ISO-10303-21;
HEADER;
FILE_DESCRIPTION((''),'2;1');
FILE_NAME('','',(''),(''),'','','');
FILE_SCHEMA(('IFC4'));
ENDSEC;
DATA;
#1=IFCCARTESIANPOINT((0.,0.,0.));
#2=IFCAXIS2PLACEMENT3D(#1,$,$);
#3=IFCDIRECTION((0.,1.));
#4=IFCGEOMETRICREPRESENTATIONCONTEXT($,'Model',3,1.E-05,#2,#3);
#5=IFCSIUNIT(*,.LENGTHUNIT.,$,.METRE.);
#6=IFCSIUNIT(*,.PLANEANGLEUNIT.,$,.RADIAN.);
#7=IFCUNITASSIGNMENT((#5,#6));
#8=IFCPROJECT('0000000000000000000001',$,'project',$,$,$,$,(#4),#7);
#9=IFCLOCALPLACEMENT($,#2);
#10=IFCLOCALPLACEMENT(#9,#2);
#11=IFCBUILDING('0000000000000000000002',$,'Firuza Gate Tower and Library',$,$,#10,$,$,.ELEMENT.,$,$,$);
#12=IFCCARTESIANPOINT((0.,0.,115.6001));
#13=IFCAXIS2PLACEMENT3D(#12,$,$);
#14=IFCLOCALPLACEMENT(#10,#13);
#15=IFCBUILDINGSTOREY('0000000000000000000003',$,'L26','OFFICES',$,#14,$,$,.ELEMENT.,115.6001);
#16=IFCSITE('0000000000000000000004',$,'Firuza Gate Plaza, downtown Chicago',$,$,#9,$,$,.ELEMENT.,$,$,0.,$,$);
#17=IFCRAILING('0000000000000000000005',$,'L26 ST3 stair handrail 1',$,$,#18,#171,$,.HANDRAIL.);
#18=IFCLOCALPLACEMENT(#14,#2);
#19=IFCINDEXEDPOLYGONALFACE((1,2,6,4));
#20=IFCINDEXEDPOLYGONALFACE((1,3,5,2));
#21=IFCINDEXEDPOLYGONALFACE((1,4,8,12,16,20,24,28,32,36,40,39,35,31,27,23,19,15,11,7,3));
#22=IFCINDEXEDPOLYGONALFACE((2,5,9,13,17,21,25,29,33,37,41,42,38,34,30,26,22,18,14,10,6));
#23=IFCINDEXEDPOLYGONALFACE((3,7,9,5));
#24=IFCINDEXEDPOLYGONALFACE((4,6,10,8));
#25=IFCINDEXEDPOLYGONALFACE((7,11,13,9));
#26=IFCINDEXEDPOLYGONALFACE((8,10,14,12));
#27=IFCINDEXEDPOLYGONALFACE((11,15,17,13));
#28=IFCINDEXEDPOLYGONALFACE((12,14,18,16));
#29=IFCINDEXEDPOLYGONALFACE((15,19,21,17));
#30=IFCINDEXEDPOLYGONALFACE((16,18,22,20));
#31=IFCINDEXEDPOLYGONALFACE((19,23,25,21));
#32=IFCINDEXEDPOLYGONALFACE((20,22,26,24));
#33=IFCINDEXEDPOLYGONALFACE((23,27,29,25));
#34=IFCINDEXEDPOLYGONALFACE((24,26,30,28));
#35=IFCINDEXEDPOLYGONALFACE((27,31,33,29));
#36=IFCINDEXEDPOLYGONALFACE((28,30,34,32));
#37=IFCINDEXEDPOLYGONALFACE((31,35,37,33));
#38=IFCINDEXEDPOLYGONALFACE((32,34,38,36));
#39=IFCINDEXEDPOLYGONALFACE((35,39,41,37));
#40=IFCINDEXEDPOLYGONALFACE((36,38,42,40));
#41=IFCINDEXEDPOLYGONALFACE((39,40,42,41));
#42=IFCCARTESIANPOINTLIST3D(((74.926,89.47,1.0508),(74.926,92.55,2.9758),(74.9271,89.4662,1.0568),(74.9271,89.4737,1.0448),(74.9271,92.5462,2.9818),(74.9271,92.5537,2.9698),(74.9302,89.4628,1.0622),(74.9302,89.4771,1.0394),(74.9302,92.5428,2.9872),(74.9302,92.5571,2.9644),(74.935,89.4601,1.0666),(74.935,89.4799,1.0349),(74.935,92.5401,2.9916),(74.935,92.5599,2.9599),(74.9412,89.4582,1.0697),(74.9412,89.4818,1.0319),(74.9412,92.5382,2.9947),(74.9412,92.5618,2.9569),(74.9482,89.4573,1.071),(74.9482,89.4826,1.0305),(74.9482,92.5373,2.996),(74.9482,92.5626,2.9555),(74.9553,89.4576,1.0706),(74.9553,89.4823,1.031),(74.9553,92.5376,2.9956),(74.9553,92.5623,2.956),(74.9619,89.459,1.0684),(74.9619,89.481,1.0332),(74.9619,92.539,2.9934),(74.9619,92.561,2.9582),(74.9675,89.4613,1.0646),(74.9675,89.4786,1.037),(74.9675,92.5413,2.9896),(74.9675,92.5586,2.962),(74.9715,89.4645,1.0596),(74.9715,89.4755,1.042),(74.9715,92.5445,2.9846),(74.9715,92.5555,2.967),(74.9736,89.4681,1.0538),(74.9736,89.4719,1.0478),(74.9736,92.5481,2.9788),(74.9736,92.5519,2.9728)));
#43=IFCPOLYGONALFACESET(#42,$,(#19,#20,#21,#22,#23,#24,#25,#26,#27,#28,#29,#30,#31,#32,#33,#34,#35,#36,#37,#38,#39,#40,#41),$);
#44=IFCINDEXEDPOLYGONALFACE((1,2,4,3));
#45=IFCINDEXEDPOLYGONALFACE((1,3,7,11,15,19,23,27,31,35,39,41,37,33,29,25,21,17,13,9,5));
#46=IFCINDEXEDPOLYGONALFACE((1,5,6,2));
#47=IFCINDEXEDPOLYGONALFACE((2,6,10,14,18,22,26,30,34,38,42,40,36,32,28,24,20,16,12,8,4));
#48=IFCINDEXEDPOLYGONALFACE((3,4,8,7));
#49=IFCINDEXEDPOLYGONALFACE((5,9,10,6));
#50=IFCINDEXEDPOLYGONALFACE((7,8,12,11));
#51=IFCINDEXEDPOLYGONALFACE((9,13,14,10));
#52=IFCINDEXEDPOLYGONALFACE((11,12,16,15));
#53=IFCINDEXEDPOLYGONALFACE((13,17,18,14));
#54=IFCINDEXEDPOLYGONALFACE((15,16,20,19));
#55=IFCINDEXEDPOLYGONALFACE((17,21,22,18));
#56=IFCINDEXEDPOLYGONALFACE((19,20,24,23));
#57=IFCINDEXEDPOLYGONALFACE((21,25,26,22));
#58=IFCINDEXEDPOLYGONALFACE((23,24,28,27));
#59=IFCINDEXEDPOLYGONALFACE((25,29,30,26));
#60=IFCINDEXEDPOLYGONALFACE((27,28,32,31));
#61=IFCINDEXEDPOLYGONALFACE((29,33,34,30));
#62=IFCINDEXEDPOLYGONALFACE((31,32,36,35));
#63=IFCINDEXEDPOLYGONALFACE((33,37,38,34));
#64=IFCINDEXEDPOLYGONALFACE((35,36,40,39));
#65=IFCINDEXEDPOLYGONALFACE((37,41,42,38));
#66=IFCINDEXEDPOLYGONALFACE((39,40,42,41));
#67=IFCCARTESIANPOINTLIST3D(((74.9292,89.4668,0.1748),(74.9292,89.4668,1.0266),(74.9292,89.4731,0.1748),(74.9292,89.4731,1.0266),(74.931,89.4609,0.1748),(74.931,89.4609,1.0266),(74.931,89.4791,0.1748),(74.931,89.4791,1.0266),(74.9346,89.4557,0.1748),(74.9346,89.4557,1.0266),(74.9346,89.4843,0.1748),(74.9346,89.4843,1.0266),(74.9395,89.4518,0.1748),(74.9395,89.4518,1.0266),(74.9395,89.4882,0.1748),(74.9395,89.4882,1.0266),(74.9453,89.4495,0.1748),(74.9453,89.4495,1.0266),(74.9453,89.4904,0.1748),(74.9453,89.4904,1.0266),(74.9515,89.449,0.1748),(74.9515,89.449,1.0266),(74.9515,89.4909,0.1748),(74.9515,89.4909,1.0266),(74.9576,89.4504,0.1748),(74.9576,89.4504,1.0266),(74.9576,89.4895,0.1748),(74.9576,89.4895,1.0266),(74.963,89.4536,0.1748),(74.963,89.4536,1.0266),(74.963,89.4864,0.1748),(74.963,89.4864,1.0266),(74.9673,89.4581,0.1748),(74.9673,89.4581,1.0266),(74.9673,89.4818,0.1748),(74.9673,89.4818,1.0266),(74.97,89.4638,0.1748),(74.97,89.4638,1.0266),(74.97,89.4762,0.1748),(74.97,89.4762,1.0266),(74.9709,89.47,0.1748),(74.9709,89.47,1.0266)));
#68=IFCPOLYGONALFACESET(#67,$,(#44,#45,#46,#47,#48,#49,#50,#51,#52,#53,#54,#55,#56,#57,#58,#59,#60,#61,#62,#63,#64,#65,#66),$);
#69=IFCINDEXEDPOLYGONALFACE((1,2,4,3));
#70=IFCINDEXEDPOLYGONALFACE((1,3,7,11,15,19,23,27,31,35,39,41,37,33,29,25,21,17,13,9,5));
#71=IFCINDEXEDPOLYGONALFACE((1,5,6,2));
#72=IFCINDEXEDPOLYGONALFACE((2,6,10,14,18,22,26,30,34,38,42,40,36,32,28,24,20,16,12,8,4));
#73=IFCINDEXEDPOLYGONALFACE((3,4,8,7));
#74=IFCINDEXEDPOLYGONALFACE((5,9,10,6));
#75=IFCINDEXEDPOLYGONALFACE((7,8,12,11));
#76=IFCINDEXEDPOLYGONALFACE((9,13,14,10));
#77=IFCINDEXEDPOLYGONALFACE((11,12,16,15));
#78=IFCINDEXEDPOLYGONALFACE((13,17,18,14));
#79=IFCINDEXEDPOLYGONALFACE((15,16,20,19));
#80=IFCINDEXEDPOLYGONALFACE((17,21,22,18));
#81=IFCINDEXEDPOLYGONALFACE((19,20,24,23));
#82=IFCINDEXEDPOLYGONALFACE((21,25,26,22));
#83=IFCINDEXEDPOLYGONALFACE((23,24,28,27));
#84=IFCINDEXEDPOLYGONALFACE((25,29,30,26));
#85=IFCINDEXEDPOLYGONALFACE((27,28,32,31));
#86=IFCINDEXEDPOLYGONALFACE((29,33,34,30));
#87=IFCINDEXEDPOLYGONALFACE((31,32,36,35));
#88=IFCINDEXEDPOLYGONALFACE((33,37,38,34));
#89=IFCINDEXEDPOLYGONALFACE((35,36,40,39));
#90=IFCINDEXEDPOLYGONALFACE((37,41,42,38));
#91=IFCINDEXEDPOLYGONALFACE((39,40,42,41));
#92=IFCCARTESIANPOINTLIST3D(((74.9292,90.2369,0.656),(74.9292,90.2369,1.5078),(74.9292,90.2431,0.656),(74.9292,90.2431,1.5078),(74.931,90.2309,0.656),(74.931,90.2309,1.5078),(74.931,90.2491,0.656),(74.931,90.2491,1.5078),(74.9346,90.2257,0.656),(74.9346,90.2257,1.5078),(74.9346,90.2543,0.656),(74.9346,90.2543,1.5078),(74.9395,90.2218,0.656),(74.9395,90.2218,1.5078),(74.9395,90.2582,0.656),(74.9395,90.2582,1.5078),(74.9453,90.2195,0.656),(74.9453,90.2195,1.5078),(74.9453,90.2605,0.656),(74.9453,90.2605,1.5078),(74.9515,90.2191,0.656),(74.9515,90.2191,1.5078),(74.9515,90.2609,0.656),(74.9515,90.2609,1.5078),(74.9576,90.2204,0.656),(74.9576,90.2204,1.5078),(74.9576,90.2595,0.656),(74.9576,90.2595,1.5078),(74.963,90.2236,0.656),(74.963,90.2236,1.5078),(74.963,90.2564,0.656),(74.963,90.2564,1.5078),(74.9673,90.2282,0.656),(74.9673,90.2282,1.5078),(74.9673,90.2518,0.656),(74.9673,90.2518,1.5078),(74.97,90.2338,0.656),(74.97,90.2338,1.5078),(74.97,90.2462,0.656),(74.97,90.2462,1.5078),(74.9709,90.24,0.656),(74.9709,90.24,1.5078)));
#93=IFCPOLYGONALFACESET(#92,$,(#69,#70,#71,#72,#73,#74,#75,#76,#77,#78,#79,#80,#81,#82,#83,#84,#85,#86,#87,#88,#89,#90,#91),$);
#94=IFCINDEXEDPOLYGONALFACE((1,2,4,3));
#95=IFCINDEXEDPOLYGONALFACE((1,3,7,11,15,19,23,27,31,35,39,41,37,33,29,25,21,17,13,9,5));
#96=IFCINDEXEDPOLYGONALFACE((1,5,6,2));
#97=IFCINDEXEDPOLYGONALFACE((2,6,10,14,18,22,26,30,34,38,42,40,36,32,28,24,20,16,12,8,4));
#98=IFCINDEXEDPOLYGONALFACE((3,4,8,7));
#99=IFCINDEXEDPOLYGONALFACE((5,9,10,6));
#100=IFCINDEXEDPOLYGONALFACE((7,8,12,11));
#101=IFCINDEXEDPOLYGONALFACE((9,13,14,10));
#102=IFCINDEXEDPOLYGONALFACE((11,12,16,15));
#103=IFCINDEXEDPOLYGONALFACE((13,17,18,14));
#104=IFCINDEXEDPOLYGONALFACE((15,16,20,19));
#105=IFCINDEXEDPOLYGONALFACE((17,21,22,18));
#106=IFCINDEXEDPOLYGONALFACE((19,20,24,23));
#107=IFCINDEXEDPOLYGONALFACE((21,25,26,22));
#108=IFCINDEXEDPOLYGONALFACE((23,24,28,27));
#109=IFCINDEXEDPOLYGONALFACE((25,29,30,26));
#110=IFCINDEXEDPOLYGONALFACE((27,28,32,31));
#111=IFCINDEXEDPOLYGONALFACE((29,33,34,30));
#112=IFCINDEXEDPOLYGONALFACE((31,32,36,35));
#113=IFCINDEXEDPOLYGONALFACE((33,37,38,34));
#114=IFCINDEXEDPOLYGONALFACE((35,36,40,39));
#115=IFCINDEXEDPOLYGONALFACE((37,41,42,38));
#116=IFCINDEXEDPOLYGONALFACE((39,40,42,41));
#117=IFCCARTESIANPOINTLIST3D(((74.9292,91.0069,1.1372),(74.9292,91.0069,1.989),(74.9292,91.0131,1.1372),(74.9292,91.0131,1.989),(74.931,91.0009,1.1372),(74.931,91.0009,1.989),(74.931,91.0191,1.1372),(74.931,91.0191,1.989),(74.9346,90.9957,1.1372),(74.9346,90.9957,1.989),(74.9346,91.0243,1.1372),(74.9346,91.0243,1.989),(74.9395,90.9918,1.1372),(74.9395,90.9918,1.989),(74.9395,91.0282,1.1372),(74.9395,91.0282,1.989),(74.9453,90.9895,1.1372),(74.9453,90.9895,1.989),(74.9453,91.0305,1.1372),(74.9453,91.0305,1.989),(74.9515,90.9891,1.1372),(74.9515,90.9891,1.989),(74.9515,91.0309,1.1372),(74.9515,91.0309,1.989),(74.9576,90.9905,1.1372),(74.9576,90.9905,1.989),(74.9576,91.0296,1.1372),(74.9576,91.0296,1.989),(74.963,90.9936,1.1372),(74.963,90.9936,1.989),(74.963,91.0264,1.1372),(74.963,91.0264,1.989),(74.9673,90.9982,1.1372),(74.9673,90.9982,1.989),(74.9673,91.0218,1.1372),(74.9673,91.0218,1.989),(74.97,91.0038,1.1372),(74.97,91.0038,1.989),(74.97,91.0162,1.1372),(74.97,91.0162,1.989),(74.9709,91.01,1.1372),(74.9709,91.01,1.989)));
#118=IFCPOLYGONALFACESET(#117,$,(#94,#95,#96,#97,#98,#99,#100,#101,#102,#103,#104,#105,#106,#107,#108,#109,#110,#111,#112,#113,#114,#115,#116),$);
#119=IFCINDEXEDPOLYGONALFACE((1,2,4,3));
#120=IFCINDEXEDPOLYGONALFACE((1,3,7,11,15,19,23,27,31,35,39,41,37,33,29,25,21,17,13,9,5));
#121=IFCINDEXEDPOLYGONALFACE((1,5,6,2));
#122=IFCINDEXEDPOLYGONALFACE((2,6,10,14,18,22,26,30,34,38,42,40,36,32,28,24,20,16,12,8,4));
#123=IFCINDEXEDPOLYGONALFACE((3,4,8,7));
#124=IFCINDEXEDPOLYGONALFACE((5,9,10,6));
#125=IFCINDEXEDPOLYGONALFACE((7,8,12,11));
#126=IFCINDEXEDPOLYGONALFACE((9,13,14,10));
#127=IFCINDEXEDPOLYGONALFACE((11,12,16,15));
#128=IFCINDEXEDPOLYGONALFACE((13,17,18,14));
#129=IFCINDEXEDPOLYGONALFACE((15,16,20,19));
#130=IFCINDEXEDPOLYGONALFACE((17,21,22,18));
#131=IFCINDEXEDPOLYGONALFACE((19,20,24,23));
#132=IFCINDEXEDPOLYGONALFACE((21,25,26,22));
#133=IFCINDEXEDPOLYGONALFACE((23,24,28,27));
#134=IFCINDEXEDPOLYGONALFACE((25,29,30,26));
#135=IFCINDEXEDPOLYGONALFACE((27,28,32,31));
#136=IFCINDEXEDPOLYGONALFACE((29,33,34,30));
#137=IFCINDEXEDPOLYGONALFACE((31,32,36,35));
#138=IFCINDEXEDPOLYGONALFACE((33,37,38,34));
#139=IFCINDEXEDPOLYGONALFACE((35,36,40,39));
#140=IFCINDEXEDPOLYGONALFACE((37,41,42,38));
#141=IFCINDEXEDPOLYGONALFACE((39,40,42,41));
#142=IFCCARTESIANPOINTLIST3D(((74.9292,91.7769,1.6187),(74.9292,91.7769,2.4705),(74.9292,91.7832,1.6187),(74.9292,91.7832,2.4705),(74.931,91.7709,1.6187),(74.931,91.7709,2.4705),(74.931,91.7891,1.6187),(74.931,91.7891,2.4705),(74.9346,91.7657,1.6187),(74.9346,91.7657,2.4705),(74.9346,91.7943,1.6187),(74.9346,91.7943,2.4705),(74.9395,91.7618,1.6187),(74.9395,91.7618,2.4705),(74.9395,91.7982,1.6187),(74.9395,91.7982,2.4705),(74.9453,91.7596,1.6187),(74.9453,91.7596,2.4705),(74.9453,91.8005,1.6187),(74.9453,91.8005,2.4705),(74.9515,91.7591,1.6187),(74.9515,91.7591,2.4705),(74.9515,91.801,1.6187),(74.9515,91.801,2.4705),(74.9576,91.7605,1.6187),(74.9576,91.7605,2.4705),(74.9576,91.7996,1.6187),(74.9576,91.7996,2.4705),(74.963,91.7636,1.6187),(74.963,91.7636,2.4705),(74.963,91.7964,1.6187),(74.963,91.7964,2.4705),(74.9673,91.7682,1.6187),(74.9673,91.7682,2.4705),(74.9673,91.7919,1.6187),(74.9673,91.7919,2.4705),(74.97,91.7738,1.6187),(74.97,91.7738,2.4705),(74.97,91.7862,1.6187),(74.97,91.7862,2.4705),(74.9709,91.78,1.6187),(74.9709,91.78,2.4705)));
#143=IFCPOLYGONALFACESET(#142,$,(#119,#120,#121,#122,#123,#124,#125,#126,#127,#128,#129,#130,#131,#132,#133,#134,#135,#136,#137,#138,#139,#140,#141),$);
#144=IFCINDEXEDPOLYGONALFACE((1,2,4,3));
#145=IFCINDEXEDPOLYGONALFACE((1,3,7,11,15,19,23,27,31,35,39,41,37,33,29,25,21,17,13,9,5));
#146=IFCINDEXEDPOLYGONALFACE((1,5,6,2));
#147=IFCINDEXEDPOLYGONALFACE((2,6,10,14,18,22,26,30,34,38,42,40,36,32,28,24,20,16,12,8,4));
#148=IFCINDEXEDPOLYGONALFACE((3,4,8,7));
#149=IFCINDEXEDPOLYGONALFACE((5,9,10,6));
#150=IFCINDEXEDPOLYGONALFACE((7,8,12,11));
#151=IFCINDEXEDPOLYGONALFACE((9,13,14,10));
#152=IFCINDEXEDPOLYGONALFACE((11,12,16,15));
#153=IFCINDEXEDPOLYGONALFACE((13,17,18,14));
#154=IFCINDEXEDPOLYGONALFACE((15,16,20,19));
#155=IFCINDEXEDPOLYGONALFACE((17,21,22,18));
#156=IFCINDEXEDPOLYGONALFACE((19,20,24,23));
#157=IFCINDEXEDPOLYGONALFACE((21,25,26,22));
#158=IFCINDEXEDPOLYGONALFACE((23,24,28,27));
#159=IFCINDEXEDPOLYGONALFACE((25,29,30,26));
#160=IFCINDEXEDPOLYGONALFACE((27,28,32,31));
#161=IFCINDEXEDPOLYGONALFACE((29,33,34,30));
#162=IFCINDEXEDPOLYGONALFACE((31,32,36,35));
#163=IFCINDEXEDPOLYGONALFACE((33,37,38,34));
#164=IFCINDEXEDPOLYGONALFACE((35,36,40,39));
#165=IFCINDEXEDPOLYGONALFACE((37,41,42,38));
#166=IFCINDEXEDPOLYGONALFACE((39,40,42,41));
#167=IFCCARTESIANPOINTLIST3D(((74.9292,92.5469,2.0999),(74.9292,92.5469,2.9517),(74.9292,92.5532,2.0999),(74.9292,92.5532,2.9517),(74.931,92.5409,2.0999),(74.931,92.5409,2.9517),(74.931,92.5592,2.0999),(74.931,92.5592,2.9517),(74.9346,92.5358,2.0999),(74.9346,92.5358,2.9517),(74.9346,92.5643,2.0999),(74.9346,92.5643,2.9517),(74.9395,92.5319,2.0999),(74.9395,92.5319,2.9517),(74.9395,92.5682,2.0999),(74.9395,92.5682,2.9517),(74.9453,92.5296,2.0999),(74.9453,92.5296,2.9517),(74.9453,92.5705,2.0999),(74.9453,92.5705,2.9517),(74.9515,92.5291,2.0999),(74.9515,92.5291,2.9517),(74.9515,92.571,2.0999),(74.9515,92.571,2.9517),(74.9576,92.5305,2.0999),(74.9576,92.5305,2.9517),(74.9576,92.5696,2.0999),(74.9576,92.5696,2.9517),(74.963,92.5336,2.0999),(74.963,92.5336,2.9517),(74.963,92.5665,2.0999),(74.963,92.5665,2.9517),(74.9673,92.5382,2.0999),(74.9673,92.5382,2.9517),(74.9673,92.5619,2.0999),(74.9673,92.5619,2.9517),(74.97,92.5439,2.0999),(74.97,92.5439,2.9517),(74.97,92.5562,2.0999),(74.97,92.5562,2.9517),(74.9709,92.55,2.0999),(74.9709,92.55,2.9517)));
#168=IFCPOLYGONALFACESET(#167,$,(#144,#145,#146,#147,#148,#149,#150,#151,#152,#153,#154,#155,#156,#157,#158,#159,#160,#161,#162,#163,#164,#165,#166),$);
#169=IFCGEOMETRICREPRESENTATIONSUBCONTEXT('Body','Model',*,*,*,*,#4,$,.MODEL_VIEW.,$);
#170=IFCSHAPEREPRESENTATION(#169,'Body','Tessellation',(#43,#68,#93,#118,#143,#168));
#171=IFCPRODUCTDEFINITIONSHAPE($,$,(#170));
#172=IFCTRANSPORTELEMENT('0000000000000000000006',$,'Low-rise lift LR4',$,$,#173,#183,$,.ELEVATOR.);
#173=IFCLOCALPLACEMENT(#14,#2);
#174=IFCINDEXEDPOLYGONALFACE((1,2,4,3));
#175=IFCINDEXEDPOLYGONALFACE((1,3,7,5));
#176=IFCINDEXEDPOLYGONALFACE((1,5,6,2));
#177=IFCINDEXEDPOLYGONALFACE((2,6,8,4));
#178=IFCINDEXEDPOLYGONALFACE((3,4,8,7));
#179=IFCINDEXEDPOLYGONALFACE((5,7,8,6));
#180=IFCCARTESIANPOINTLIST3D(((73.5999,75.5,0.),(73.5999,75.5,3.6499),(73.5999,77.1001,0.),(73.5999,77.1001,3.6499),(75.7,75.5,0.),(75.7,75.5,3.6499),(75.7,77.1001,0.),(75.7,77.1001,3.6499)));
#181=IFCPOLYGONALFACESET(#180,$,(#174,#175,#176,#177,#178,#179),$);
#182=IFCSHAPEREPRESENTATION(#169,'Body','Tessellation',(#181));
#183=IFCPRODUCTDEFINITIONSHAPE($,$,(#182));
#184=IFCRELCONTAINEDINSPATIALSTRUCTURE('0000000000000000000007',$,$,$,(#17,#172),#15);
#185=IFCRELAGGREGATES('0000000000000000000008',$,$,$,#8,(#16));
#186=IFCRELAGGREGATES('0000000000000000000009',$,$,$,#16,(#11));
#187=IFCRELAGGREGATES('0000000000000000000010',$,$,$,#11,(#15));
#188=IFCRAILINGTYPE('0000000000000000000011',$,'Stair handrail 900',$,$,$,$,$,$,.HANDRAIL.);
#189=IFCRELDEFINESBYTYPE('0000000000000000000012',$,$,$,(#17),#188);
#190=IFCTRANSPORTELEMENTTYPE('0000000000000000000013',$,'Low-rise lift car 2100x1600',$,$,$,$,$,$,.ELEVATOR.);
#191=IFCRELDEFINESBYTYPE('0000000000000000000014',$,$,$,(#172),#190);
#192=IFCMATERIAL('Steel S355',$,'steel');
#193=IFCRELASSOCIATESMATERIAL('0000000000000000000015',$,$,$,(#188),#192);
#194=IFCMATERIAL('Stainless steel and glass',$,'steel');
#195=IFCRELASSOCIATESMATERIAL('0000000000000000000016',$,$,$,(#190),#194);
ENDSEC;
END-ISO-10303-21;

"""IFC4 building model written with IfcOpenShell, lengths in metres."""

from ifc_helpers import new_model, si_unit, direction, frame, origin, origin_2d, place, context, subcontext, project, spatial, rectangle, circle, extrude, material, type_object, element, save


model = new_model("IFC4")

# Units and contexts
model_context = context("Model", 3, precision=1e-05, world=origin(), true_north=direction((0.0, 1.0)))
body_context = subcontext(model_context, "Body", "Model", "MODEL_VIEW")
ifc_project = project(units=[si_unit("LENGTHUNIT", "METRE"), si_unit("PLANEANGLEUNIT", "RADIAN")], contexts=[model_context])

# Site, building, storey
site_placement = place(None, origin())
site = spatial("IfcSite", under=ifc_project, at=site_placement, Name="Firuza Gate Plaza, downtown Chicago", CompositionType="ELEMENT", RefElevation=0.0)
building_placement = place(site_placement, origin())
building = spatial("IfcBuilding", under=site, at=building_placement, Name="Firuza Gate Tower and Library", CompositionType="ELEMENT")
storey_placement = place(building_placement, frame((0.0, 0.0, 115.6001)))
storey = spatial("IfcBuildingStorey", under=building, at=storey_placement, Name="L26", Description="OFFICES", CompositionType="ELEMENT", Elevation=115.6001)

# Railing
ifc_material_1 = material(Name="Steel S355", Category="steel")
railing_type_1 = type_object("IfcRailingType", Name="Stair handrail 900", PredefinedType="HANDRAIL", material=ifc_material_1)
railing_1_placement = place(storey_placement, frame((74.95, 89.47, 0.1748)))
element("IfcRailing", 1, at=railing_1_placement, inside=storey, type_object=railing_type_1, Name="L26 ST3 stair handrail 1", PredefinedType="HANDRAIL", context=body_context, shape_type="SweptSolid", body=[
    extrude(circle(Radius=0.0239, at=origin_2d()), frame((0.0, 0.0, 0.876), z_axis=(0.0, 0.847998, 0.529999), x_axis=(-1.0, 0.0, 0.0)), (0.0, 0.0, 1.0), 3.6321),
    extrude(circle(Radius=0.021, at=origin_2d()), origin(), (0.0, 0.0, 1.0), 0.8518),
    extrude(circle(Radius=0.021, at=origin_2d()), frame((0.0, 0.77, 0.4812)), (0.0, 0.0, 1.0), 0.8518),
    extrude(circle(Radius=0.021, at=origin_2d()), frame((0.0, 1.54, 0.9624)), (0.0, 0.0, 1.0), 0.8518),
    extrude(circle(Radius=0.021, at=origin_2d()), frame((0.0, 2.3101, 1.4438)), (0.0, 0.0, 1.0), 0.8518),
    extrude(circle(Radius=0.021, at=origin_2d()), frame((0.0, 3.0801, 1.925)), (0.0, 0.0, 1.0), 0.8518),
])

# Transport element
ifc_material_2 = material(Name="Stainless steel and glass", Category="steel")
transport_element_type = type_object("IfcTransportElementType", Name="Low-rise lift car 2100x1600", PredefinedType="ELEVATOR", material=ifc_material_2)
transport_element_placement = place(storey_placement, frame((74.6499, 76.3, 0.0), z_axis=(0.0, 0.0, 1.0), x_axis=(1.0, 0.0, 0.0)))
element("IfcTransportElement", 2, at=transport_element_placement, inside=storey, type_object=transport_element_type, Name="Low-rise lift LR4", PredefinedType="ELEVATOR", context=body_context, shape_type="SweptSolid", body=[
    extrude(rectangle(XDim=2.1001, YDim=1.6001, at=origin_2d()), origin(), (0.0, 0.0, 1.0), 3.6499),
])

save(model, "model.ifc")
